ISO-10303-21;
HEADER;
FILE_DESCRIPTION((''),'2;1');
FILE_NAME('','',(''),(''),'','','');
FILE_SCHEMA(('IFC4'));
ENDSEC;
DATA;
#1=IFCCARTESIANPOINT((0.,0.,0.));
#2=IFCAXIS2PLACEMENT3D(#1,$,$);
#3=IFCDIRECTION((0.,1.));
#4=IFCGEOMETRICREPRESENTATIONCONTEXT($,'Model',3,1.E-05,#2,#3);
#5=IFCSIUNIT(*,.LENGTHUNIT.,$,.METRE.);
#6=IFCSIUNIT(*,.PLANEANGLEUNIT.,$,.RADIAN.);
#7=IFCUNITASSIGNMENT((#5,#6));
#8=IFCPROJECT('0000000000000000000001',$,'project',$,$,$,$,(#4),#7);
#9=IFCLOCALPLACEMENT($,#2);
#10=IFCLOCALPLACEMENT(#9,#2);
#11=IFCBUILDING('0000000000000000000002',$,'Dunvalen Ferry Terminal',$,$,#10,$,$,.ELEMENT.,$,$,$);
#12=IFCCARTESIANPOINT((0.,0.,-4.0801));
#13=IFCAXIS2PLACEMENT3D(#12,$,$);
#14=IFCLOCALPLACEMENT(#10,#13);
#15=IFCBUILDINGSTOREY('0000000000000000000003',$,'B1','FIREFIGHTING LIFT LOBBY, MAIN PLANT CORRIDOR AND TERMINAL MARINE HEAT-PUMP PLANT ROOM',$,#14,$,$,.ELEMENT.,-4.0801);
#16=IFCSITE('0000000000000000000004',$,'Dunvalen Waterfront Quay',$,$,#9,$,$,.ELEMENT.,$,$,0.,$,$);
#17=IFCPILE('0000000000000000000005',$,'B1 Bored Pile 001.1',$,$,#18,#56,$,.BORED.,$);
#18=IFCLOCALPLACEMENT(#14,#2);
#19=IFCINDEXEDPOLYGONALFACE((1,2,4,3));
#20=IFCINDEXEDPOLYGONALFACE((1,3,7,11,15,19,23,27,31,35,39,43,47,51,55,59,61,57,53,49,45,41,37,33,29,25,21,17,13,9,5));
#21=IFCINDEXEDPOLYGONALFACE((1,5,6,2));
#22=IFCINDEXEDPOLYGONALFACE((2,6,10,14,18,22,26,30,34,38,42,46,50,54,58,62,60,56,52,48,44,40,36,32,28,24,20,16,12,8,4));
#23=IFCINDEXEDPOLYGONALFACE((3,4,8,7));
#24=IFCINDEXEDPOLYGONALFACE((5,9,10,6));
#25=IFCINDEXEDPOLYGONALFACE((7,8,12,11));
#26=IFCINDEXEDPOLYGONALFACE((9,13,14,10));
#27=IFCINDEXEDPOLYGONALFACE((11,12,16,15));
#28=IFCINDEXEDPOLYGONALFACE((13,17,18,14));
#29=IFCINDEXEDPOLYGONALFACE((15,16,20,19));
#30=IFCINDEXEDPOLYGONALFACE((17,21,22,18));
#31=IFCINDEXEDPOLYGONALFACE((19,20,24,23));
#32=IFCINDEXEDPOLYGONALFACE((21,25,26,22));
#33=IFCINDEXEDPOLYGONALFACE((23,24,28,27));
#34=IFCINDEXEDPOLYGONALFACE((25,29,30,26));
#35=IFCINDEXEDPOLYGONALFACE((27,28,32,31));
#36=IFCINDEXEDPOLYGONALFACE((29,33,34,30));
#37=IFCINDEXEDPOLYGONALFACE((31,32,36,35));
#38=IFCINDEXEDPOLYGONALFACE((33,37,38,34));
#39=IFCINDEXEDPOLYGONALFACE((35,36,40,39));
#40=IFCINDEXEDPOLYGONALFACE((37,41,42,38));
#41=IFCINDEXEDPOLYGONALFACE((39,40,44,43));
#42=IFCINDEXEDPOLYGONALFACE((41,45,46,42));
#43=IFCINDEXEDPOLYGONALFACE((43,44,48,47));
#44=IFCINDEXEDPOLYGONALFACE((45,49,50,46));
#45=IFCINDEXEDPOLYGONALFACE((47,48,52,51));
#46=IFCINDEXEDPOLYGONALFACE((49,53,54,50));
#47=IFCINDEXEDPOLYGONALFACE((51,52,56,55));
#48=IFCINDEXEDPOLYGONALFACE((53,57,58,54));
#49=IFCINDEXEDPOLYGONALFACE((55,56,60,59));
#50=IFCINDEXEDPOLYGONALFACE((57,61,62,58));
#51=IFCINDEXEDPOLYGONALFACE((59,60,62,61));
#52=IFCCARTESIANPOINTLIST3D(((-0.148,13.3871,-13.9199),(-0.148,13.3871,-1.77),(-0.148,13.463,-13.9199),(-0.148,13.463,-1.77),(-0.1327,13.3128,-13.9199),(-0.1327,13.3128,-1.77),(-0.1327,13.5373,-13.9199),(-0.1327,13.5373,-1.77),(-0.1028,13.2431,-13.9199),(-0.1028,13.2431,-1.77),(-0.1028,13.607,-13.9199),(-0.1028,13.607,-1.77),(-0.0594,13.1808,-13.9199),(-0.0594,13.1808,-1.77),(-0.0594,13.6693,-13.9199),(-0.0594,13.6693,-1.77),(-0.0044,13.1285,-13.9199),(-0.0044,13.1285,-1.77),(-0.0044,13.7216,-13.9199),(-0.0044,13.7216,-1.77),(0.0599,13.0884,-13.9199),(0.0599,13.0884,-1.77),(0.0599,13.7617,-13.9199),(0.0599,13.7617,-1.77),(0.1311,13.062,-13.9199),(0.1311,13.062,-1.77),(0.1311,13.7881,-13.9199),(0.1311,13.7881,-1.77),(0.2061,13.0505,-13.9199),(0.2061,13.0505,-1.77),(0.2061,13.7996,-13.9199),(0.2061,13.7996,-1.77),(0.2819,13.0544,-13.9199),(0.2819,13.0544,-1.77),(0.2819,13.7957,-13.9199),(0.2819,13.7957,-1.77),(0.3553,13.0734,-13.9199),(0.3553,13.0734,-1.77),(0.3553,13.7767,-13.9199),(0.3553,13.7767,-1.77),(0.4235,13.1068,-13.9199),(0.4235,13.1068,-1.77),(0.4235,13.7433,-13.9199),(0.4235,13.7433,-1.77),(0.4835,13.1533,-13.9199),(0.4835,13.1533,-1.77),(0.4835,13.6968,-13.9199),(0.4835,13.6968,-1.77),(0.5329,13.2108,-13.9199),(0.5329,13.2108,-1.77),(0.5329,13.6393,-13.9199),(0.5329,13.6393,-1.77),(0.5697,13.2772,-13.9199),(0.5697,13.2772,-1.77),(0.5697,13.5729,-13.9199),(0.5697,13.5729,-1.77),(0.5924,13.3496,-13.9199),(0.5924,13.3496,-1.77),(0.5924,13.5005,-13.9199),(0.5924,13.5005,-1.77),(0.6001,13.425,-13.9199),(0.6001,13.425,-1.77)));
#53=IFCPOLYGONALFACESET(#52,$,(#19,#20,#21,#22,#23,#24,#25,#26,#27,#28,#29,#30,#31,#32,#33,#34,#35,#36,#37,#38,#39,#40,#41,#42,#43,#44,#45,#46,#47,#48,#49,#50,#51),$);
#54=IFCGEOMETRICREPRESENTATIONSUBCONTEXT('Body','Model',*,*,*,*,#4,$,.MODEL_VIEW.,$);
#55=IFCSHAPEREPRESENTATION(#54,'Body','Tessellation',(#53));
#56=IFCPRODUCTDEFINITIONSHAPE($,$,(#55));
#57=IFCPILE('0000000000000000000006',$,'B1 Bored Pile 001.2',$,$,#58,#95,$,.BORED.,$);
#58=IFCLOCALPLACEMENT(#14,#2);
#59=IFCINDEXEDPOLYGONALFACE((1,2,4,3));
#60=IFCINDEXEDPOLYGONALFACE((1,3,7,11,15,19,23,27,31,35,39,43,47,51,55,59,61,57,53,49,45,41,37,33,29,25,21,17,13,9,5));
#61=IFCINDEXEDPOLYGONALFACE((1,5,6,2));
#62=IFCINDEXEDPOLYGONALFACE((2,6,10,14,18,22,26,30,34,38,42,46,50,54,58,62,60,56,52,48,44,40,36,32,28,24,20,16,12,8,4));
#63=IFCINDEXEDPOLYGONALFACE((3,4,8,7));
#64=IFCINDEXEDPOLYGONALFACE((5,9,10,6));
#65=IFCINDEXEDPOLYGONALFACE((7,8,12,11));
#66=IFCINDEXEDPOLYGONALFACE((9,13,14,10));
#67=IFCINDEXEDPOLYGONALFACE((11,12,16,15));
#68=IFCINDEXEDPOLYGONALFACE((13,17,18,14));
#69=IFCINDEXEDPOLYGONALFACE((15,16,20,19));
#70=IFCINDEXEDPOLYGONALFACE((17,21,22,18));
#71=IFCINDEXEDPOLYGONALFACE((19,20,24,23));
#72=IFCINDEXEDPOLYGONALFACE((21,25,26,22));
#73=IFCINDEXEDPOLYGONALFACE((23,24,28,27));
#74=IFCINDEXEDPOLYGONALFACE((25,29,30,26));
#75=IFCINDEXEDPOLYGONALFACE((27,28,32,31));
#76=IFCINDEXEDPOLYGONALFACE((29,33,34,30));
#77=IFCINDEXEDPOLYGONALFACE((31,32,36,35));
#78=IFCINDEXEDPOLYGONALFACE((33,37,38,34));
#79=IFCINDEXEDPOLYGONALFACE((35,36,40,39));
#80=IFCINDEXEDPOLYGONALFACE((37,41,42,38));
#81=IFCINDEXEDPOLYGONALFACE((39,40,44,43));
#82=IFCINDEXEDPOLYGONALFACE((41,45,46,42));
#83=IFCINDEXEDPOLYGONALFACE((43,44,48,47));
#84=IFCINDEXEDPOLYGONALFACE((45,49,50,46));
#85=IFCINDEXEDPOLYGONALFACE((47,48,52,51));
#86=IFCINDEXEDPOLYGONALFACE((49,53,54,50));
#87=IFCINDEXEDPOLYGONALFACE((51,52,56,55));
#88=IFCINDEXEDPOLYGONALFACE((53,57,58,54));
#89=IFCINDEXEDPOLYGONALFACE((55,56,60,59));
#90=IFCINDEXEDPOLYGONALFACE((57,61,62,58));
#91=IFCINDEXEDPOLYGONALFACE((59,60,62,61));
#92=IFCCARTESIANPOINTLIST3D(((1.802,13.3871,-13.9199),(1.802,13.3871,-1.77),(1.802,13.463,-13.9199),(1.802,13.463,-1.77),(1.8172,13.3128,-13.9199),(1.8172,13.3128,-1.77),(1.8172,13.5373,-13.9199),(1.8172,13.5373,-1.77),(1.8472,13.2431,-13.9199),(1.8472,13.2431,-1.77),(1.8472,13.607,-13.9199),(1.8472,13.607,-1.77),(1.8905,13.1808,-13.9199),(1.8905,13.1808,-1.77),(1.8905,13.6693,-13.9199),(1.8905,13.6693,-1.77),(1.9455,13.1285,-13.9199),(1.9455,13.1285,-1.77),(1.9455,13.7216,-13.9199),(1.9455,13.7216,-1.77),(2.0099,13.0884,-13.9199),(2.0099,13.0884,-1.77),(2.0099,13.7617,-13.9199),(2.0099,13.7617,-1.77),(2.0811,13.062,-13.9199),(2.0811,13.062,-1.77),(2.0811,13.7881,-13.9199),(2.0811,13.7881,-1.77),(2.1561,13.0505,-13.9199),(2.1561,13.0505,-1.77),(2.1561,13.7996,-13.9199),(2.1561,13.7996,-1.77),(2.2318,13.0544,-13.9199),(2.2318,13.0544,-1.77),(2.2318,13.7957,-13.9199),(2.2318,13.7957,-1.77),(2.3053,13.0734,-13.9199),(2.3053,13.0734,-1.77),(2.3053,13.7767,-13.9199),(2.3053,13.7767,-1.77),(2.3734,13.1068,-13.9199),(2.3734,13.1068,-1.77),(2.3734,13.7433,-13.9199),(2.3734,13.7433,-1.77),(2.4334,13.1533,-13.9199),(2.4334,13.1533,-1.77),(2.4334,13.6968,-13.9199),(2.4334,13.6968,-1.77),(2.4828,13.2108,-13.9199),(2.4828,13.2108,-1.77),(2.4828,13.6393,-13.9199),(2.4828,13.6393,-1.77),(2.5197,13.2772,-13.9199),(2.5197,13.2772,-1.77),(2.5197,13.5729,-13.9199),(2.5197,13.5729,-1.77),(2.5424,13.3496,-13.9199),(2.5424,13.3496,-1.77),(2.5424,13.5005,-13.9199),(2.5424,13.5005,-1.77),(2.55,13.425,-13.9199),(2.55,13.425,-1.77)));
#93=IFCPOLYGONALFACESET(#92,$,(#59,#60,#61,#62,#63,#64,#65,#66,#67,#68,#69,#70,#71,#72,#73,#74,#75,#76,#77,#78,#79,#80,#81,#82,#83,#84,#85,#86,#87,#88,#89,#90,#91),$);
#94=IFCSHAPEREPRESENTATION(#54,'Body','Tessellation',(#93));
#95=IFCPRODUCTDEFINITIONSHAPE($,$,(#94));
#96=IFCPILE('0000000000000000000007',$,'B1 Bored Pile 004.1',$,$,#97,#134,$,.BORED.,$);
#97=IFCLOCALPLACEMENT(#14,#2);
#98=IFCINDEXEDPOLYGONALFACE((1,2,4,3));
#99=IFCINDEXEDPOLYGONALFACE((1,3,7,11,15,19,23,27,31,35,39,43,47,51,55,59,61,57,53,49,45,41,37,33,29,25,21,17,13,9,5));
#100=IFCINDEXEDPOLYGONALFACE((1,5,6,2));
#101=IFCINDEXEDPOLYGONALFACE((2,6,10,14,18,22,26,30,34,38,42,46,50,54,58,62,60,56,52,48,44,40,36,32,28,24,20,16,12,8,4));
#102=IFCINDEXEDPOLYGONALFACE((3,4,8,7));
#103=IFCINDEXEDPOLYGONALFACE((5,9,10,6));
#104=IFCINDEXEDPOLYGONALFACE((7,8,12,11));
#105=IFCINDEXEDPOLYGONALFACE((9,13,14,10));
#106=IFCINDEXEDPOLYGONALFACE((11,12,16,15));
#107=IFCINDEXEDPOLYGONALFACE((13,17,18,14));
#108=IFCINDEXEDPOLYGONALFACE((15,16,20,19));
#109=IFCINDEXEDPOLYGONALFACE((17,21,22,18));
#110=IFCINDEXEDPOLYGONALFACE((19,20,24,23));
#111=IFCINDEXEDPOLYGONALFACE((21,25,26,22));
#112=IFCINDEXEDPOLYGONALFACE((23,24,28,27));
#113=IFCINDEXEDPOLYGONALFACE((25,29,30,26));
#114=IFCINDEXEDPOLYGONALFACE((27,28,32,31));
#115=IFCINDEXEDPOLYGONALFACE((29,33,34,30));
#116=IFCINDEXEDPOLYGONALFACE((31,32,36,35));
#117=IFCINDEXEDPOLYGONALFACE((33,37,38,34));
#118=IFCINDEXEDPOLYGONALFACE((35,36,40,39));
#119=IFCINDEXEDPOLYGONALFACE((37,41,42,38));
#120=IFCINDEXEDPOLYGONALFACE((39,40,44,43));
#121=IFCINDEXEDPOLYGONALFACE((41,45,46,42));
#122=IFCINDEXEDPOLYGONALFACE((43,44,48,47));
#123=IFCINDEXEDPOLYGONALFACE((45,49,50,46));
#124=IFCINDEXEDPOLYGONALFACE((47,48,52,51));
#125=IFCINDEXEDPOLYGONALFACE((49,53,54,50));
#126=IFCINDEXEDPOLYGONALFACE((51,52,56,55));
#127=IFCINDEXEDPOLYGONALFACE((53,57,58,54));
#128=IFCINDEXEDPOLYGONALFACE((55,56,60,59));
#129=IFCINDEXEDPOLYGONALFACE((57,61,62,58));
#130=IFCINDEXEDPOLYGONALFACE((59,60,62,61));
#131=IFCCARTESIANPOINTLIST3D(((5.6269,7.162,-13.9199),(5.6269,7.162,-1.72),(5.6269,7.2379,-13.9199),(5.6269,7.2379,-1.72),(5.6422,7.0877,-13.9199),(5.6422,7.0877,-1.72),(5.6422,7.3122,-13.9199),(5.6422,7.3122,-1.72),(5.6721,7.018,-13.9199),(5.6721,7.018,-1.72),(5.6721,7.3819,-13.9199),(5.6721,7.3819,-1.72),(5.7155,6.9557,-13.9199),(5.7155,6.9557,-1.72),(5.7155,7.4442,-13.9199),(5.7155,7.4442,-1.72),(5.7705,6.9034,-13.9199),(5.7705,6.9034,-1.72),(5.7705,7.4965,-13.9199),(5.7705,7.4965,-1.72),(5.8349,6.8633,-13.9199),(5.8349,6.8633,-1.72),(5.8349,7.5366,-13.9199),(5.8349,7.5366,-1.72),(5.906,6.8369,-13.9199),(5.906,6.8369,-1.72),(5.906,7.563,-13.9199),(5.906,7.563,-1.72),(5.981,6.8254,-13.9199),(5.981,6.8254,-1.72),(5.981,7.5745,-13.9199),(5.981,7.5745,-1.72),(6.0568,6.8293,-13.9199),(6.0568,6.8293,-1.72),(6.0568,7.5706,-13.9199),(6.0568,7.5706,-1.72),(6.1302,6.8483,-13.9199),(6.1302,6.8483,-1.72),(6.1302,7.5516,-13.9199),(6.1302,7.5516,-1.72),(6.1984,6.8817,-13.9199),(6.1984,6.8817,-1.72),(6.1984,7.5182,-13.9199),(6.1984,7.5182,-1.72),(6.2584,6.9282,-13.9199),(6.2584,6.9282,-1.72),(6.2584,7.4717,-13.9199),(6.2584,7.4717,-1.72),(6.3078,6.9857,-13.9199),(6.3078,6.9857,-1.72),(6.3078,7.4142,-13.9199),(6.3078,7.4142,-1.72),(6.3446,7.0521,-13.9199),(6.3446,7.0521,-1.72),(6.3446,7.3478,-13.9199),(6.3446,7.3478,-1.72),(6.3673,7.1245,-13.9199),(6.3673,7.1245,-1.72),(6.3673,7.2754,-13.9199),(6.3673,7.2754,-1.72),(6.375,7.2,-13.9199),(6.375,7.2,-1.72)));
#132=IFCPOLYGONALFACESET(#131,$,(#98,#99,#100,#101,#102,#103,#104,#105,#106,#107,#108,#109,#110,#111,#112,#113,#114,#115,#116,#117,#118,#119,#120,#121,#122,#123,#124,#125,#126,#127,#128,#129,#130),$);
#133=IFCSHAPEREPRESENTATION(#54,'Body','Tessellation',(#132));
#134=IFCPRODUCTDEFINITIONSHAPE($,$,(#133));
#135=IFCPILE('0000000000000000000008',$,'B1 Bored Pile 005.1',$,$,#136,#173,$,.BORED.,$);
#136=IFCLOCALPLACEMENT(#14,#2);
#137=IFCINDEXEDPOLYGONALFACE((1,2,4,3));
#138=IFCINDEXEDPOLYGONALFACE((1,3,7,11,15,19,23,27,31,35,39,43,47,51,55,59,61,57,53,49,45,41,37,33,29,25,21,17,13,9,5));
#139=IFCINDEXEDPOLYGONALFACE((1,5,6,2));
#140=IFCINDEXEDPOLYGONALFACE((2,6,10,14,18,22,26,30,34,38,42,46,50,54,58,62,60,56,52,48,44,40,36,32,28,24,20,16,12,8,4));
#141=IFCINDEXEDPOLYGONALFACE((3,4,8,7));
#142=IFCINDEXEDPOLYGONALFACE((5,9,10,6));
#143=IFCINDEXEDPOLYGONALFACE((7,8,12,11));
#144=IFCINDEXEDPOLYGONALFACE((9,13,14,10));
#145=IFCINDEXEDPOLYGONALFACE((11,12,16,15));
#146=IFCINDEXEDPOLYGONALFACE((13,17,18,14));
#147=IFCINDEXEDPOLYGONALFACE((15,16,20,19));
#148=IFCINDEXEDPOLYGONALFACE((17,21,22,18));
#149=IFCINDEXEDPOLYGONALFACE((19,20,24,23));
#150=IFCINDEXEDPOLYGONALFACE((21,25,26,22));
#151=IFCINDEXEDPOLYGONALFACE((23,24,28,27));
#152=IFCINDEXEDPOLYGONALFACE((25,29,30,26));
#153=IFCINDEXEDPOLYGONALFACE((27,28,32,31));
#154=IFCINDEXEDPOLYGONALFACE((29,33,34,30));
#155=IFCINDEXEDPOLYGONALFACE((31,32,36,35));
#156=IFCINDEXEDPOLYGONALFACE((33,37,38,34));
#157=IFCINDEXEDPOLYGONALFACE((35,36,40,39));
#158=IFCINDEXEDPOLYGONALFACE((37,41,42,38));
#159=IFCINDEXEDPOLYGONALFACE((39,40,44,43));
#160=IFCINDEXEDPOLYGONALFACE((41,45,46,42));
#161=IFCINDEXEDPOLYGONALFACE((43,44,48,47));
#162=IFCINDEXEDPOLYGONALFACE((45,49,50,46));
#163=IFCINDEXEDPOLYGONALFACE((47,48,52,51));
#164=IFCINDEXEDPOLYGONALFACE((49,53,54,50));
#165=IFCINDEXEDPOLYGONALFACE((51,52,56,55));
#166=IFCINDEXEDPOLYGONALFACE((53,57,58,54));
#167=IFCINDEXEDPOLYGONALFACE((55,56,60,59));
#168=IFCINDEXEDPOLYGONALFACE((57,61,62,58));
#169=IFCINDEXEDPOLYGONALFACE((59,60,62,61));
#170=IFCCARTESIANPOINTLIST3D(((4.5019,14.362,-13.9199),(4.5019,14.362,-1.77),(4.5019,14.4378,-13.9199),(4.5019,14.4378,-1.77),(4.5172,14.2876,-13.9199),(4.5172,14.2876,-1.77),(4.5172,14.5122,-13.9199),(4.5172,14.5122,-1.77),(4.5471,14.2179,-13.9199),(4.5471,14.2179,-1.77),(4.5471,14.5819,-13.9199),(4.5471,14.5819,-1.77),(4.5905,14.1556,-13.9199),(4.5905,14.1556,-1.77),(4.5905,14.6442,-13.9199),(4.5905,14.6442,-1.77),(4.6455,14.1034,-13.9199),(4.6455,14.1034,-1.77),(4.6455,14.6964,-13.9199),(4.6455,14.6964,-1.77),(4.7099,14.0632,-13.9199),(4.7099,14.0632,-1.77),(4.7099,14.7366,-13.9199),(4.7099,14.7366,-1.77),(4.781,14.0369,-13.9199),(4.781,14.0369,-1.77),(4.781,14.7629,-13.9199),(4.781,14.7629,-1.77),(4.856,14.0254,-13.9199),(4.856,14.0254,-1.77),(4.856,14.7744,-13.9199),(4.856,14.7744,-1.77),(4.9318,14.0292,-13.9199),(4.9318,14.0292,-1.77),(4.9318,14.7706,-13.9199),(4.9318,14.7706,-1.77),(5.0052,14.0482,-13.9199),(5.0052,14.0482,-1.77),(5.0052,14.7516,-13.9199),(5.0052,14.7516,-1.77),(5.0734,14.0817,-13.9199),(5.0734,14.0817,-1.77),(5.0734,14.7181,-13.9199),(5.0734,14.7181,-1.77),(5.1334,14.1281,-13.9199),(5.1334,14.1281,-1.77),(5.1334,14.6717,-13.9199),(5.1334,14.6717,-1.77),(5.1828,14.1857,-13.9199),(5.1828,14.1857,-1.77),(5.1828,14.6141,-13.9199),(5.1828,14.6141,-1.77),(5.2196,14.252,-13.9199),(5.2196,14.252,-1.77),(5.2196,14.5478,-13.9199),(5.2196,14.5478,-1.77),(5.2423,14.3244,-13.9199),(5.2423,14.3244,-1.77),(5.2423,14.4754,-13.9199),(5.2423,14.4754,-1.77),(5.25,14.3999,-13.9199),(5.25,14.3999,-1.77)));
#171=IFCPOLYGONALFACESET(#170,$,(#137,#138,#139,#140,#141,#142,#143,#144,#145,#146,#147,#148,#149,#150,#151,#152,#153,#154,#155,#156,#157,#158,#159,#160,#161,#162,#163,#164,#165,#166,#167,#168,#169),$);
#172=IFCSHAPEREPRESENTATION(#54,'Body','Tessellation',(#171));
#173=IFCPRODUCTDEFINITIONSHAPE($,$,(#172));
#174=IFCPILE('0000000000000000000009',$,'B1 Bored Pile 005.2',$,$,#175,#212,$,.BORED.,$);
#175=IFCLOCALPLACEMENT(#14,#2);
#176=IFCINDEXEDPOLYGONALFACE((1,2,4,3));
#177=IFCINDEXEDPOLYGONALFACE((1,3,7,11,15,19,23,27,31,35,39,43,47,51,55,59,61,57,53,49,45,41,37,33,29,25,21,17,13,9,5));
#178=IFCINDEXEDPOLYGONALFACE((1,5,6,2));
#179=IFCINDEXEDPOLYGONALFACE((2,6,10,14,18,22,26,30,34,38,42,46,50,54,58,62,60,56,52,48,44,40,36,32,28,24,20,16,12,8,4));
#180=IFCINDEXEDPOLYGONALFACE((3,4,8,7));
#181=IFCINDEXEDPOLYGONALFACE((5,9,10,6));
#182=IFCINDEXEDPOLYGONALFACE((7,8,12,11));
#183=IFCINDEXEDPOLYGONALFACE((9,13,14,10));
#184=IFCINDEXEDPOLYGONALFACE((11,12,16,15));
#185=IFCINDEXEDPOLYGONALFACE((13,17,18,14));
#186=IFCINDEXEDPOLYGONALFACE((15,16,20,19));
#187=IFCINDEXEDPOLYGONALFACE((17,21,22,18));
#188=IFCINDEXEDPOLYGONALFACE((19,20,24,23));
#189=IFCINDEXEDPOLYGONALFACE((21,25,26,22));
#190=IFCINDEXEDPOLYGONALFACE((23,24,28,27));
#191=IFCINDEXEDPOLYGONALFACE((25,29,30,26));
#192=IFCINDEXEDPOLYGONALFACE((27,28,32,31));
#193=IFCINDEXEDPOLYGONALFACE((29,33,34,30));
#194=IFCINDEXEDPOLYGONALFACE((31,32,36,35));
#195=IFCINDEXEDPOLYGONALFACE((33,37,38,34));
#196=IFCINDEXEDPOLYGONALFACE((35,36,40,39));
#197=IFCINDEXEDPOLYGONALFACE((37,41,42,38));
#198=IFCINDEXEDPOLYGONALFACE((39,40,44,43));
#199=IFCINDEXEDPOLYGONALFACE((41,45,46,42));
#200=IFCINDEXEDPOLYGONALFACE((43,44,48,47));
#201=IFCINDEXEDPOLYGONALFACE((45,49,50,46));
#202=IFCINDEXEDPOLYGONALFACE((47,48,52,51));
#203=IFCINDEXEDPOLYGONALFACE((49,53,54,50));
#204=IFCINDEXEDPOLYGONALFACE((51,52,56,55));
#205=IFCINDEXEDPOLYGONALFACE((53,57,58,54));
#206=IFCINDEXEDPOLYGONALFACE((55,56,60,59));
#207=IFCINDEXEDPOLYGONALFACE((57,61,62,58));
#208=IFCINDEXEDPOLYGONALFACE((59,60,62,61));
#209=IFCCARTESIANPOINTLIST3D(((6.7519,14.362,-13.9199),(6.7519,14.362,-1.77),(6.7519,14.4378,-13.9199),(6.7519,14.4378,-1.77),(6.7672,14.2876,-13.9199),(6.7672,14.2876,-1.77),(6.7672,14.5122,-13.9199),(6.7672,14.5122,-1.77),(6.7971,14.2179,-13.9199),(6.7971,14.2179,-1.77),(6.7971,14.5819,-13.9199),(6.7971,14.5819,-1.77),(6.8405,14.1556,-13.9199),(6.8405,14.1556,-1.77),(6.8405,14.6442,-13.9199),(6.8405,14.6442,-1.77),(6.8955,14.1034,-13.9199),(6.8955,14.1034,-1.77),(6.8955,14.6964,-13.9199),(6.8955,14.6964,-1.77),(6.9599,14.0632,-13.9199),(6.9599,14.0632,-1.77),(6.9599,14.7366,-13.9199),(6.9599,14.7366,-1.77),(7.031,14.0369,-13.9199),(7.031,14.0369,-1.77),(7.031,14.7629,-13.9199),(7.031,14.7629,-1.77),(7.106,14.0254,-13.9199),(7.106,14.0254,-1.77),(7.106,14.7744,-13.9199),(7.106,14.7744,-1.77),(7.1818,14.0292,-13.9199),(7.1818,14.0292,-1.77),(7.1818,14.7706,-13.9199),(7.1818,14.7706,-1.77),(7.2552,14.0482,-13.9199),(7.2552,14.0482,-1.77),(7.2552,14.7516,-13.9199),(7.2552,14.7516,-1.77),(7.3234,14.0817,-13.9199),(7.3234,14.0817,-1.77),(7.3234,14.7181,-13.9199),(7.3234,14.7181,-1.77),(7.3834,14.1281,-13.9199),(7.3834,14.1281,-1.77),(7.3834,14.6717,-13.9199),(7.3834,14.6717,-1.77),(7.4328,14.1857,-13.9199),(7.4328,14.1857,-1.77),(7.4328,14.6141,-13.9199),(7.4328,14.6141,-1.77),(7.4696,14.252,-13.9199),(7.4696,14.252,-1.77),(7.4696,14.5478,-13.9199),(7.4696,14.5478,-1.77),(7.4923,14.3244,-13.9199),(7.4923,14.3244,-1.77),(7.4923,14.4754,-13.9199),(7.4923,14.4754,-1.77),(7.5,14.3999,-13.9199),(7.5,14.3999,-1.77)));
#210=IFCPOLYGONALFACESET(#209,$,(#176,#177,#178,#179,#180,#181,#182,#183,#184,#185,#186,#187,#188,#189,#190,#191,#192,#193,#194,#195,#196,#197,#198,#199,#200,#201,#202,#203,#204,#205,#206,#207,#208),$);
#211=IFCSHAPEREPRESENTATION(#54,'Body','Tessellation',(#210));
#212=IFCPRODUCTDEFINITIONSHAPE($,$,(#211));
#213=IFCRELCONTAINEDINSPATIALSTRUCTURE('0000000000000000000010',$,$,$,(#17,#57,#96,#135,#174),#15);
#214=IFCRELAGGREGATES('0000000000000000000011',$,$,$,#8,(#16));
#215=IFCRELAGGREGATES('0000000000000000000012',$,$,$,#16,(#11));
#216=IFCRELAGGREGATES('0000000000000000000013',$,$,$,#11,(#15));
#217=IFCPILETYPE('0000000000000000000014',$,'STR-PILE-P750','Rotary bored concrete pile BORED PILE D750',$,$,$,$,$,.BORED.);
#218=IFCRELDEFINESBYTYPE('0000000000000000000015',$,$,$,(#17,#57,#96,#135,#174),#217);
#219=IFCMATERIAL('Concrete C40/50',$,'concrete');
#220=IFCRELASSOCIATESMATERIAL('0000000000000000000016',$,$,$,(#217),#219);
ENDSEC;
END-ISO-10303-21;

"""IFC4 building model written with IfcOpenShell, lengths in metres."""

from ifc_helpers import new_model, si_unit, direction, frame, origin, origin_2d, place, context, subcontext, project, spatial, circle, extrude, material, material_profile, profile_set, type_object, element, save


model = new_model("IFC4")

# Units and contexts
model_context = context("Model", 3, precision=1e-05, world=origin(), true_north=direction((0.0, 1.0)))
body_context = subcontext(model_context, "Body", "Model", "MODEL_VIEW")
ifc_project = project(units=[si_unit("LENGTHUNIT", "METRE"), si_unit("PLANEANGLEUNIT", "RADIAN")], contexts=[model_context])

# Site, building, storey
site_placement = place(None, origin())
site = spatial("IfcSite", under=ifc_project, at=site_placement, Name="Dunvalen Waterfront Quay", CompositionType="ELEMENT", RefElevation=0.0)
building_placement = place(site_placement, origin())
building = spatial("IfcBuilding", under=site, at=building_placement, Name="Dunvalen Ferry Terminal", CompositionType="ELEMENT")
storey_placement = place(building_placement, frame((0.0, 0.0, -4.0801)))
storey = spatial("IfcBuildingStorey", under=building, at=storey_placement, Name="B1", Description="FIREFIGHTING LIFT LOBBY, MAIN PLANT CORRIDOR AND TERMINAL MARINE HEAT-PUMP PLANT ROOM", CompositionType="ELEMENT", Elevation=-4.0801)

# Shared definitions
ifc_material_1 = material(Name="Concrete C40/50", Category="concrete")

# Piles
ifc_material_profile_1 = material_profile(ifc_material_1, circle(Radius=0.375, at=origin_2d()), Name="Concrete C40/50")
ifc_profile_set_1 = profile_set([ifc_material_profile_1], Name="Concrete C40/50")
pile_type_1 = type_object("IfcPileType", Name="STR-PILE-P750", Description="Rotary bored concrete pile BORED PILE D750", PredefinedType="BORED", material=ifc_profile_set_1)
for number, where, z_axis, x_axis, name in (
    (1, (0.2251, 13.425, -1.77), (0.0, 0.0, -1.0), (1.0, 0.0, 0.0), "B1 Bored Pile 001.1"),
    (2, (2.175, 13.425, -1.77), (0.0, 0.0, -1.0), (1.0, 0.0, 0.0), "B1 Bored Pile 001.2"),
):
    element("IfcPile", number, at=place(storey_placement, frame(where, z_axis=z_axis, x_axis=x_axis)), inside=storey, type_object=pile_type_1, Name=name, PredefinedType="BORED", context=body_context, shape_type="SweptSolid", body=[
        extrude(circle(Radius=0.375, at=origin_2d()), origin(), (0.0, 0.0, 1.0), 12.1499),
    ])
pile_placement = place(storey_placement, frame((6.0, 7.2, -1.72), z_axis=(0.0, 0.0, -1.0), x_axis=(1.0, 0.0, 0.0)))
element("IfcPile", 3, at=pile_placement, inside=storey, type_object=pile_type_1, Name="B1 Bored Pile 004.1", PredefinedType="BORED", context=body_context, shape_type="SweptSolid", body=[
    extrude(circle(Radius=0.375, at=origin_2d()), origin(), (0.0, 0.0, 1.0), 12.2),
])
for number, where, z_axis, x_axis, name in (
    (4, (4.875, 14.3999, -1.77), (0.0, 0.0, -1.0), (1.0, 0.0, 0.0), "B1 Bored Pile 005.1"),
    (5, (7.125, 14.3999, -1.77), (0.0, 0.0, -1.0), (1.0, 0.0, 0.0), "B1 Bored Pile 005.2"),
):
    element("IfcPile", number, at=place(storey_placement, frame(where, z_axis=z_axis, x_axis=x_axis)), inside=storey, type_object=pile_type_1, Name=name, PredefinedType="BORED", context=body_context, shape_type="SweptSolid", body=[
        extrude(circle(Radius=0.375, at=origin_2d()), origin(), (0.0, 0.0, 1.0), 12.1499),
    ])

save(model, "model.ifc")
